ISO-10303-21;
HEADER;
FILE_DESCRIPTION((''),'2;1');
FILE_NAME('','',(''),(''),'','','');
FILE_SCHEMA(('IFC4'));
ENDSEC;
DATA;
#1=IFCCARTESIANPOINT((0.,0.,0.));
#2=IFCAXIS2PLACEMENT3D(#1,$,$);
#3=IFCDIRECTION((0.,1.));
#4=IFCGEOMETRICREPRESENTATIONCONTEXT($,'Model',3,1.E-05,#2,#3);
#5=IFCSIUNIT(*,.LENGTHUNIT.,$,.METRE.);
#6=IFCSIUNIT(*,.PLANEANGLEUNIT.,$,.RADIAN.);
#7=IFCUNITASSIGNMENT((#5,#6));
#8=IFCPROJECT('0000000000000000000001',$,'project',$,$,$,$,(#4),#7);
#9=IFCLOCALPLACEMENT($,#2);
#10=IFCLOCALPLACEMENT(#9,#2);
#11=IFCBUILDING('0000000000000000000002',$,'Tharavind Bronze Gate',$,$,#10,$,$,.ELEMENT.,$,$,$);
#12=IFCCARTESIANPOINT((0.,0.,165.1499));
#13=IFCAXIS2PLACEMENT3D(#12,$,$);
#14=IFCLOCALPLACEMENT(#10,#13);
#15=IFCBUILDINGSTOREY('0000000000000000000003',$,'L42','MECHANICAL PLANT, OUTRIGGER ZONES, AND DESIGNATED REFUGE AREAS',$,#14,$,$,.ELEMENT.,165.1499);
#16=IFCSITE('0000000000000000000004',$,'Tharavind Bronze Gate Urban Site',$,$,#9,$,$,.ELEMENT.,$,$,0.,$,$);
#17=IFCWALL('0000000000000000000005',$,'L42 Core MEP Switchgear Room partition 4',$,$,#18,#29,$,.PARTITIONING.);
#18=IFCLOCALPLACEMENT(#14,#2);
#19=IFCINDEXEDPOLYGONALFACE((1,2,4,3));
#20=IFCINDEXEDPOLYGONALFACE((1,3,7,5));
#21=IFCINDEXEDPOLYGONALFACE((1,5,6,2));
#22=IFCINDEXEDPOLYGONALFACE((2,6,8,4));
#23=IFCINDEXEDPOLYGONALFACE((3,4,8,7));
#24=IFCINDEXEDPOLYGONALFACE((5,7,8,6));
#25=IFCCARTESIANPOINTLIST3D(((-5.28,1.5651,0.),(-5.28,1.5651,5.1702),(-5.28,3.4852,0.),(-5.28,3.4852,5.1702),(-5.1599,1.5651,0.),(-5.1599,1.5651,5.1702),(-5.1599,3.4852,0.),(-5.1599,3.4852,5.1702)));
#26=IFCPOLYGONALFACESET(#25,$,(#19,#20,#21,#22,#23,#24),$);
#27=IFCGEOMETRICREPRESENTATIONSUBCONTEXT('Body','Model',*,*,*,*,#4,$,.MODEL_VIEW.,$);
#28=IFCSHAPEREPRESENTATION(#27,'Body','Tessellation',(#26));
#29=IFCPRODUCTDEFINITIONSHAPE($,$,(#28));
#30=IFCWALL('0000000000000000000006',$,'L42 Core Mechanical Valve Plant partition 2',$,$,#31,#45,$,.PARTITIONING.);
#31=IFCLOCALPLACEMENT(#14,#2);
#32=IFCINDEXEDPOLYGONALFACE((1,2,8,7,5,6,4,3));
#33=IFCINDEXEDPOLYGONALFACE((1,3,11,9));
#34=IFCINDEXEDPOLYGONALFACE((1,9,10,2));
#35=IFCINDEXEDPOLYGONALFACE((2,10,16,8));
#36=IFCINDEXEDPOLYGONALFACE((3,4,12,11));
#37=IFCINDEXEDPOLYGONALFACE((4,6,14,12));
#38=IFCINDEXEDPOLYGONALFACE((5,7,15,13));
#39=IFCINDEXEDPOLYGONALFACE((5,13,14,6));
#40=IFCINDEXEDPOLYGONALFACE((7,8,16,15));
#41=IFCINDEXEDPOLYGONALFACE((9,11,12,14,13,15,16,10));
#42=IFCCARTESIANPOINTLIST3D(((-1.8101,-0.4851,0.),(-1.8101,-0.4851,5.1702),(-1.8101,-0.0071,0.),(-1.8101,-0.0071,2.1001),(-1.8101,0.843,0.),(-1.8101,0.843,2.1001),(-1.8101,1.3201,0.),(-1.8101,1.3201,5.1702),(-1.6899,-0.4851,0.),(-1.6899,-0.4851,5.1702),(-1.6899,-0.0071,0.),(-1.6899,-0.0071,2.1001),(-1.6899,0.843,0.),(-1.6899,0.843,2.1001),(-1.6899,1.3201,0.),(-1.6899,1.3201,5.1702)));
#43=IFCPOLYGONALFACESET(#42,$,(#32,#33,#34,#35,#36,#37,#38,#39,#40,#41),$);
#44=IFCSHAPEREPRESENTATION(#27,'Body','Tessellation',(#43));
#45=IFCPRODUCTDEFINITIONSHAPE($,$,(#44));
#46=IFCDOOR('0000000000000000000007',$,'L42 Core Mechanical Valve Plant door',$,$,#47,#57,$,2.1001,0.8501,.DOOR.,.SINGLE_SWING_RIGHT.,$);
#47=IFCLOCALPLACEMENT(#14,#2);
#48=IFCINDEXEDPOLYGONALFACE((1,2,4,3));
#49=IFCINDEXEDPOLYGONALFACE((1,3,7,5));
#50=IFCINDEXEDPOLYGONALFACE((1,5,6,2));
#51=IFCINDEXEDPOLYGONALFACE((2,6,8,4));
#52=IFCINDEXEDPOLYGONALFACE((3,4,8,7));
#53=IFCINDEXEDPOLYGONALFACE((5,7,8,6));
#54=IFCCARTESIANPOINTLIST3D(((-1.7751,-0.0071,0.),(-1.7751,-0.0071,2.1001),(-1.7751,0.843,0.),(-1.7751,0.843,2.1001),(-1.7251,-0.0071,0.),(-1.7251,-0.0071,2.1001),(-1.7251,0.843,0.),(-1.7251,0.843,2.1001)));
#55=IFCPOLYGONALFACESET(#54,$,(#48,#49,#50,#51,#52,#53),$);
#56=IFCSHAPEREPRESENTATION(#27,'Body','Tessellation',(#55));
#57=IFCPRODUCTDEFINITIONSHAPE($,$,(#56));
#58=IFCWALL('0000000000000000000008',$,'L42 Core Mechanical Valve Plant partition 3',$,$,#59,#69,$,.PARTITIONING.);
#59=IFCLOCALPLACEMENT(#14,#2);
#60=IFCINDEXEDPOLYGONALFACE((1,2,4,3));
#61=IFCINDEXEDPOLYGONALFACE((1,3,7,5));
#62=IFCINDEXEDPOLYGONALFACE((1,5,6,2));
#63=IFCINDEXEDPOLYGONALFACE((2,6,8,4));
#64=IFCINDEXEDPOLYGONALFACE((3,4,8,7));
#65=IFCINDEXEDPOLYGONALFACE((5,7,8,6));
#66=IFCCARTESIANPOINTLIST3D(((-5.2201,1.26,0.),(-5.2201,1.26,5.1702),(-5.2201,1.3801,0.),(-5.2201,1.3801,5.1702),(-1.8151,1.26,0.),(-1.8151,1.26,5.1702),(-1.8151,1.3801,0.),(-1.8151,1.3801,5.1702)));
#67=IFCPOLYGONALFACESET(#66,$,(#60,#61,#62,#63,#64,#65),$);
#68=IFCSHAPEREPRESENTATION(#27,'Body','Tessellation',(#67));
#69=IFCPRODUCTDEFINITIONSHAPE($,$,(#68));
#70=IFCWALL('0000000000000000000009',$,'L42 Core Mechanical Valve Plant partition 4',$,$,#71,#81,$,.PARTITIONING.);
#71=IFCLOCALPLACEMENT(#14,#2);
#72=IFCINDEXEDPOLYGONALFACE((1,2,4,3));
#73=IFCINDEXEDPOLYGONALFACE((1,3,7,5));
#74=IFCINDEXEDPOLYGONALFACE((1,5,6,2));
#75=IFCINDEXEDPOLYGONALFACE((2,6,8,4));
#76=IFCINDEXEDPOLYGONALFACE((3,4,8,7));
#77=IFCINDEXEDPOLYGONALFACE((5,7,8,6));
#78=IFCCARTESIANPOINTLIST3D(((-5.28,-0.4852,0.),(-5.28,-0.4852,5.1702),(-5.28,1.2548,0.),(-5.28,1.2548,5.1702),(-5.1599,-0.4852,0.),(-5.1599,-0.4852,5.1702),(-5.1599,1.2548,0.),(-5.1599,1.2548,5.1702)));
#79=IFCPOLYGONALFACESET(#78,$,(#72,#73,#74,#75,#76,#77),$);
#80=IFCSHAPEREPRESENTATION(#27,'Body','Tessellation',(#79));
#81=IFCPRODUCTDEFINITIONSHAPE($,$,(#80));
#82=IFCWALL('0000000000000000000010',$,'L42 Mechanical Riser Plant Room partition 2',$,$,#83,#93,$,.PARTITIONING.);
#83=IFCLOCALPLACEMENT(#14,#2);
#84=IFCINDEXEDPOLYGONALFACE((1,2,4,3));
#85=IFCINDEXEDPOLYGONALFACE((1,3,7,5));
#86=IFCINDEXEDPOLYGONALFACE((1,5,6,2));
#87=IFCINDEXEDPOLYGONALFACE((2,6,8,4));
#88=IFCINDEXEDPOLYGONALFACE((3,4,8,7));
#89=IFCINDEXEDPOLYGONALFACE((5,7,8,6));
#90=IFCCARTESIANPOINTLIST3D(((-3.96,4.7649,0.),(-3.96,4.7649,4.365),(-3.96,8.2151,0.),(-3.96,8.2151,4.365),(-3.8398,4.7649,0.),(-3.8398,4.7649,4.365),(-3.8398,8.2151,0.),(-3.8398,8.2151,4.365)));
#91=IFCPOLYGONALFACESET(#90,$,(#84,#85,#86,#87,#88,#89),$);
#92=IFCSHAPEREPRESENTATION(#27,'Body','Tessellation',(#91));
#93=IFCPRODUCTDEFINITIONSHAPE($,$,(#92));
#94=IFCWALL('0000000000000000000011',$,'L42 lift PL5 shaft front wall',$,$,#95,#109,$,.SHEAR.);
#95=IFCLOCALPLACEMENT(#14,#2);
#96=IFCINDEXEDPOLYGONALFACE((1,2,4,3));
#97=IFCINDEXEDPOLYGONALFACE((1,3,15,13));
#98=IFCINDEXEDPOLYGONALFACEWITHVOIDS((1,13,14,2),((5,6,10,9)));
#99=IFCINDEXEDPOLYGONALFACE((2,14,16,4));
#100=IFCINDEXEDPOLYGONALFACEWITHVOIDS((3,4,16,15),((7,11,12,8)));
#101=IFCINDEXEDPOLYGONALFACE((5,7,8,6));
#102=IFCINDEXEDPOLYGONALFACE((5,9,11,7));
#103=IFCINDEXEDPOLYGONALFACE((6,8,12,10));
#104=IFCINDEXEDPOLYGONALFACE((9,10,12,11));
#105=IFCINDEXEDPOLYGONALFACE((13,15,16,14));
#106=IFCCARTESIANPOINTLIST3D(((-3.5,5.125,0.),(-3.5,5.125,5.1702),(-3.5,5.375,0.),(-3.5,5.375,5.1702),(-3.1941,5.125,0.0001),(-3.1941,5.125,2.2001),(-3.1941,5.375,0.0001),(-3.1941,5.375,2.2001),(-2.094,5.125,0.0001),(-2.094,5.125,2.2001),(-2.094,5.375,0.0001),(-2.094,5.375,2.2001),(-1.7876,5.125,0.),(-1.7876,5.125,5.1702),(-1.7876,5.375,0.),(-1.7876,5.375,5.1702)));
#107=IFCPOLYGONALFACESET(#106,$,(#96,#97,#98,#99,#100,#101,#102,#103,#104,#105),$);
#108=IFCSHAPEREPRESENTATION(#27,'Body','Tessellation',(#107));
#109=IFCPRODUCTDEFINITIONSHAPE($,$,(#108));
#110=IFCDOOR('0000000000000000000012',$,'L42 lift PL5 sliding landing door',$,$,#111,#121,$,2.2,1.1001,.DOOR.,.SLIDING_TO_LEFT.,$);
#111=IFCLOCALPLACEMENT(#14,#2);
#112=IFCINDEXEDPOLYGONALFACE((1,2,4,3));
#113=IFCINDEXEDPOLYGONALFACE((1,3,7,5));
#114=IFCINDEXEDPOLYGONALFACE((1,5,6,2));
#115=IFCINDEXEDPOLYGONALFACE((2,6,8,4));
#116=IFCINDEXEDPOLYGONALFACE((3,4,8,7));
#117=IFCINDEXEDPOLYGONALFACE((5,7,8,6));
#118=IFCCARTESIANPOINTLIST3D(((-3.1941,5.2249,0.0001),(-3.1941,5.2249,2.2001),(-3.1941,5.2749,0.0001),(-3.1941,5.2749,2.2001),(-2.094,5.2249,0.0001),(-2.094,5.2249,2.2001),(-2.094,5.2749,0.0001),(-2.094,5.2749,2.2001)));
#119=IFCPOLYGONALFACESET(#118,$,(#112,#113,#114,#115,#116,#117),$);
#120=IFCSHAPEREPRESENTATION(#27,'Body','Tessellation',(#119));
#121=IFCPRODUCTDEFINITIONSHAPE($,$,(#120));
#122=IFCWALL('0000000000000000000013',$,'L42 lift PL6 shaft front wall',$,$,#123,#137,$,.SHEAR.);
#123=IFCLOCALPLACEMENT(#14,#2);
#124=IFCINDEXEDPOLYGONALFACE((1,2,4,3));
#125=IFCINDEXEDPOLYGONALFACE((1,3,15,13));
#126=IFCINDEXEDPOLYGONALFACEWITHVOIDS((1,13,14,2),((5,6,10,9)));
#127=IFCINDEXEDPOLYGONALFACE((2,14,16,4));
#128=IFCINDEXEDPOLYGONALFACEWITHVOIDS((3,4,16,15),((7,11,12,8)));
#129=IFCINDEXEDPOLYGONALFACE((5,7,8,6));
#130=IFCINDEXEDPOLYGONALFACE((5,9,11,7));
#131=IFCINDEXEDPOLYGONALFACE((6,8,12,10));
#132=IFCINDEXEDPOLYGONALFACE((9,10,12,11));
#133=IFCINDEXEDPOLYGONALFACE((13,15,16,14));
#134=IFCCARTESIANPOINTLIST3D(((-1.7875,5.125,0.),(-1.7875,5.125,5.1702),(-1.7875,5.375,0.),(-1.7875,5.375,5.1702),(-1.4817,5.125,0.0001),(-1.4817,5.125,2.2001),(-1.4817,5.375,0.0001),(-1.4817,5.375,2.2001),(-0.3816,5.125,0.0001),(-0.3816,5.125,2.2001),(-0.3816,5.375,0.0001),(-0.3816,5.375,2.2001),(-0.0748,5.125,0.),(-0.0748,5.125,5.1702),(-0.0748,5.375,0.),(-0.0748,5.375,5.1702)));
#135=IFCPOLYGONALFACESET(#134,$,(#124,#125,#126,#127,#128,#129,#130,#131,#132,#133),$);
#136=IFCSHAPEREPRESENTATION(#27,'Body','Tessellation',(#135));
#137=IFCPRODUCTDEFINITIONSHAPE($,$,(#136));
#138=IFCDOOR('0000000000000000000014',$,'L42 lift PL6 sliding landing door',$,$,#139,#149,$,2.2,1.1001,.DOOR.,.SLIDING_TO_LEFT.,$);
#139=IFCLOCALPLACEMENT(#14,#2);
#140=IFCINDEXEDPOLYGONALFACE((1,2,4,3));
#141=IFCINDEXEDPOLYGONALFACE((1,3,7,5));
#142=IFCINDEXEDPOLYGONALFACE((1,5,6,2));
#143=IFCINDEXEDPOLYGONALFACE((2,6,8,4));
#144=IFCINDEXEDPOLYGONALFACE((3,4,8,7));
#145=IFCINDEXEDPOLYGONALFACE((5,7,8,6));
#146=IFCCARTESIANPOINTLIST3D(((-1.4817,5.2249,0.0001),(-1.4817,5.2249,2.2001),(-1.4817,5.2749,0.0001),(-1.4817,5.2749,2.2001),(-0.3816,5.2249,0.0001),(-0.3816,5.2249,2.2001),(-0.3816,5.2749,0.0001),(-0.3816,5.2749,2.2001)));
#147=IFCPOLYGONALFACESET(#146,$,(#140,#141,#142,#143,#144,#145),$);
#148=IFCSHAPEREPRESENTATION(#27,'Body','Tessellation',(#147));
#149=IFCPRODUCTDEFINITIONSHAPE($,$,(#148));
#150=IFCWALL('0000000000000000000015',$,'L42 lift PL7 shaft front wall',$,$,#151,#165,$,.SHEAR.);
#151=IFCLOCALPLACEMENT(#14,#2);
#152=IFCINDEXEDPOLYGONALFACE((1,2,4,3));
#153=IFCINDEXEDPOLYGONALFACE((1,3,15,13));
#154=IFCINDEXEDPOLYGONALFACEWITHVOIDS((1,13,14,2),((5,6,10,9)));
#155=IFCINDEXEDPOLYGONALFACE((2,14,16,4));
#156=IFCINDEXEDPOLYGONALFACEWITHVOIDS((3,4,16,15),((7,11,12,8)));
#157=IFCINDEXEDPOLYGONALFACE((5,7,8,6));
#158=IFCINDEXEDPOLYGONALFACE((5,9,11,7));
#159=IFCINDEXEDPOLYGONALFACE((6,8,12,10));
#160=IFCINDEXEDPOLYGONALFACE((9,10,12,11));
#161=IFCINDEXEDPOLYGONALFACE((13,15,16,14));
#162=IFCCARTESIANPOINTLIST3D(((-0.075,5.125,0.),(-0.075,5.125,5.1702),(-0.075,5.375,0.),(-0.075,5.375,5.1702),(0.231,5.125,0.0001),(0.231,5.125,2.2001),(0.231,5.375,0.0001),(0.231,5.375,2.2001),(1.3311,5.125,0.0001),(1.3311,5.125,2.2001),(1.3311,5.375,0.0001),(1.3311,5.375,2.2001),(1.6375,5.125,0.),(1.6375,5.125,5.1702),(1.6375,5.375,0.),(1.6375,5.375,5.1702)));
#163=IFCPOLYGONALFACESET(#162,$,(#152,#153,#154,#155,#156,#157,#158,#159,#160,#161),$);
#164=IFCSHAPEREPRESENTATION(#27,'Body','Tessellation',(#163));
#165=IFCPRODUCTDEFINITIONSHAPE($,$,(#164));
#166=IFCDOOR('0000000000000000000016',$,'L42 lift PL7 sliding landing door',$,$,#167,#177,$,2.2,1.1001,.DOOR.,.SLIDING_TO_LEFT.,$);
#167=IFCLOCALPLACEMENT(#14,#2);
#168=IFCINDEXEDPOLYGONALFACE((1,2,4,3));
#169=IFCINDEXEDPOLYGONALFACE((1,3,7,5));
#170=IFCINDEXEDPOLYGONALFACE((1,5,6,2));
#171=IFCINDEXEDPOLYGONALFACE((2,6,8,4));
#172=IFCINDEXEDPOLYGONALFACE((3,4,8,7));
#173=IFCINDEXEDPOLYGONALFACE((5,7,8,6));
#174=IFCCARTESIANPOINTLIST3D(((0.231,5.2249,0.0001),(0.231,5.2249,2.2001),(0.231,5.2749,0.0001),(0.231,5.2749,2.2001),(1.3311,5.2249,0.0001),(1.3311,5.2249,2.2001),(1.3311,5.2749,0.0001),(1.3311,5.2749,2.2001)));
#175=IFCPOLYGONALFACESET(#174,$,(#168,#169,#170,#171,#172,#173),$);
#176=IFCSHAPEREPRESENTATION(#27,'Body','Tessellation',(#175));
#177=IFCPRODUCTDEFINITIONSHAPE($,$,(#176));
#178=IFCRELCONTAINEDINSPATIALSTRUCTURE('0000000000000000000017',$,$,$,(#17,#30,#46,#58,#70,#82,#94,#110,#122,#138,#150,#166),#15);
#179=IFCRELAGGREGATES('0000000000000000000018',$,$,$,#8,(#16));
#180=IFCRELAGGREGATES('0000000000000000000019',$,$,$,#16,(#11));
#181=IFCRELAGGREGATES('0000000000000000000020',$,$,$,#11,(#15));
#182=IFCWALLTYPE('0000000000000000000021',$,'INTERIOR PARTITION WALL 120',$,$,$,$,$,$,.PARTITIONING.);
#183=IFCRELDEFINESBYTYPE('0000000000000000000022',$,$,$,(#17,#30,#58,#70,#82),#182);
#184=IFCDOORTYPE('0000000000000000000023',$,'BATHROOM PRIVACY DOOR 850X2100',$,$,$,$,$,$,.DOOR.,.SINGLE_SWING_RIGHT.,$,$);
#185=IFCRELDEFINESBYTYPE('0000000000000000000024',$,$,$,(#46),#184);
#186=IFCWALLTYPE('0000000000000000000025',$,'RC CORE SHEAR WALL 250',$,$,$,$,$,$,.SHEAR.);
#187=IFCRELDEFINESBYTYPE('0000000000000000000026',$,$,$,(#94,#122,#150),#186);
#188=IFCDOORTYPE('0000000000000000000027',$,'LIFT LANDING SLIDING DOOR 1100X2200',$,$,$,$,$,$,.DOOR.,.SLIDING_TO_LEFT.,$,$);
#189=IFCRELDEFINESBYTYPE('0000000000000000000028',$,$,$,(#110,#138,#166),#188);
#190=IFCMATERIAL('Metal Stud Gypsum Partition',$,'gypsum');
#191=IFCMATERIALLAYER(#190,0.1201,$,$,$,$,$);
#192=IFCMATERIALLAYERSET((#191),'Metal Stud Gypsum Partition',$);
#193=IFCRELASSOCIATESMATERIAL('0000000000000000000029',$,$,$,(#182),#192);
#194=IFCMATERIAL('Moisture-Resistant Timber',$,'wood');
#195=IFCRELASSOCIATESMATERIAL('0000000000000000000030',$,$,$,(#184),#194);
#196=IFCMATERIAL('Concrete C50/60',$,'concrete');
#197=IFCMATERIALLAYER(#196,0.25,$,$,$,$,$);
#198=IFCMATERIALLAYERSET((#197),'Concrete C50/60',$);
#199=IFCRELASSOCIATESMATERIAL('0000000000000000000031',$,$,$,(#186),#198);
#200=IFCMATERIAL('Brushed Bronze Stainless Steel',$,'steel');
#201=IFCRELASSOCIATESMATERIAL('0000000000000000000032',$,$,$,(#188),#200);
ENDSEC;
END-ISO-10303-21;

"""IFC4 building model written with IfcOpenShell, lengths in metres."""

from ifc_helpers import new_model, si_unit, direction, frame, frame_2d, origin, place, context, subcontext, project, spatial, rectangle, extrude, material, layer, layer_set, type_object, element, fill, save


model = new_model("IFC4")

# Units and contexts
model_context = context("Model", 3, precision=1e-05, world=origin(), true_north=direction((0.0, 1.0)))
body_context = subcontext(model_context, "Body", "Model", "MODEL_VIEW")
ifc_project = project(units=[si_unit("LENGTHUNIT", "METRE"), si_unit("PLANEANGLEUNIT", "RADIAN")], contexts=[model_context])

# Site, building, storey
site_placement = place(None, origin())
site = spatial("IfcSite", under=ifc_project, at=site_placement, Name="Tharavind Bronze Gate Urban Site", CompositionType="ELEMENT", RefElevation=0.0)
building_placement = place(site_placement, origin())
building = spatial("IfcBuilding", under=site, at=building_placement, Name="Tharavind Bronze Gate", CompositionType="ELEMENT")
storey_placement = place(building_placement, frame((0.0, 0.0, 165.1499)))
storey = spatial("IfcBuildingStorey", under=building, at=storey_placement, Name="L42", Description="MECHANICAL PLANT, OUTRIGGER ZONES, AND DESIGNATED REFUGE AREAS", CompositionType="ELEMENT", Elevation=165.1499)

# Shared definitions
ifc_material_1 = material(Name="Metal Stud Gypsum Partition", Category="gypsum")
ifc_layer_1 = layer(ifc_material_1, 0.1201)
ifc_layer_set_1 = layer_set([ifc_layer_1], Name="Metal Stud Gypsum Partition")
wall_type_1 = type_object("IfcWallType", Name="INTERIOR PARTITION WALL 120", PredefinedType="PARTITIONING", material=ifc_layer_set_1)

# Shared definitions
ifc_material_2 = material(Name="Moisture-Resistant Timber", Category="wood")
door_type_1 = type_object("IfcDoorType", Name="BATHROOM PRIVACY DOOR 850X2100", OperationType="SINGLE_SWING_RIGHT", PredefinedType="DOOR", material=ifc_material_2)

# Wall
wall_1_placement = place(storey_placement, frame((-5.22, 3.4851, 0.0), z_axis=(0.0, 0.0, 1.0), x_axis=(0.0, -1.0, 0.0)))
element("IfcWall", 1, at=wall_1_placement, inside=storey, type_object=wall_type_1, Name="L42 Core MEP Switchgear Room partition 4", PredefinedType="PARTITIONING", context=body_context, shape_type="SweptSolid", body=[
    extrude(rectangle(XDim=1.9202, YDim=0.1201, at=frame_2d((0.96, 0.0))), origin(), (0.0, 0.0, 1.0), 5.1702),
])

# Wall, opening, door
wall_2_placement = place(storey_placement, frame((-1.75, -0.4851, 0.0), z_axis=(0.0, 0.0, 1.0), x_axis=(0.0, 1.0, 0.0)))
wall_2 = element("IfcWall", 2, at=wall_2_placement, inside=storey, type_object=wall_type_1, Name="L42 Core Mechanical Valve Plant partition 2", PredefinedType="PARTITIONING", context=body_context, shape_type="SweptSolid", body=[
    extrude(rectangle(XDim=1.8052, YDim=0.1201, at=frame_2d((0.9026, 0.0))), origin(), (0.0, 0.0, 1.0), 5.1702),
])
opening_1_placement = place(wall_2_placement, frame((0.478, 0.0, 0.0)))
opening_1 = element("IfcOpeningElement", 3, at=opening_1_placement, cuts=wall_2, PredefinedType="OPENING", context=body_context, shape_type="SweptSolid", body=[
    extrude(rectangle(XDim=0.8501, YDim=2.1001, at=frame_2d((0.425, 1.05))), frame((0.0, 0.0701, 0.0), z_axis=(0.0, -1.0, 0.0), x_axis=(1.0, 0.0, 0.0)), (0.0, 0.0, 1.0), 0.1401),
])
door_1_placement = place(opening_1_placement, frame((0.8501, 0.0, 0.0), z_axis=(0.0, 0.0, 1.0), x_axis=(-1.0, 0.0, 0.0)))
door_1 = element("IfcDoor", 4, at=door_1_placement, inside=storey, type_object=door_type_1, Name="L42 Core Mechanical Valve Plant door", OperationType="SINGLE_SWING_RIGHT", OverallHeight=2.1001, OverallWidth=0.8501, PredefinedType="DOOR", context=body_context, shape_type="SweptSolid", body=[
    extrude(rectangle(XDim=0.8501, YDim=2.1001, at=frame_2d((0.425, 1.05))), frame((0.0, 0.0249, 0.0), z_axis=(0.0, -1.0, 0.0), x_axis=(1.0, 0.0, 0.0)), (0.0, 0.0, 1.0), 0.05),
])
fill(opening_1, door_1)

# Walls
wall_3_placement = place(storey_placement, frame((-1.8149, 1.3201, 0.0), z_axis=(0.0, 0.0, 1.0), x_axis=(-1.0, 0.0, 0.0)))
element("IfcWall", 5, at=wall_3_placement, inside=storey, type_object=wall_type_1, Name="L42 Core Mechanical Valve Plant partition 3", PredefinedType="PARTITIONING", context=body_context, shape_type="SweptSolid", body=[
    extrude(rectangle(XDim=3.405, YDim=0.1201, at=frame_2d((1.7026, 0.0))), origin(), (0.0, 0.0, 1.0), 5.1702),
])
wall_4_placement = place(storey_placement, frame((-5.22, 1.2549, 0.0), z_axis=(0.0, 0.0, 1.0), x_axis=(0.0, -1.0, 0.0)))
element("IfcWall", 6, at=wall_4_placement, inside=storey, type_object=wall_type_1, Name="L42 Core Mechanical Valve Plant partition 4", PredefinedType="PARTITIONING", context=body_context, shape_type="SweptSolid", body=[
    extrude(rectangle(XDim=1.74, YDim=0.1201, at=frame_2d((0.8701, 0.0))), origin(), (0.0, 0.0, 1.0), 5.1702),
])
wall_5_placement = place(storey_placement, frame((-3.8999, 4.7649, 0.0), z_axis=(0.0, 0.0, 1.0), x_axis=(0.0, 1.0, 0.0)))
element("IfcWall", 7, at=wall_5_placement, inside=storey, type_object=wall_type_1, Name="L42 Mechanical Riser Plant Room partition 2", PredefinedType="PARTITIONING", context=body_context, shape_type="SweptSolid", body=[
    extrude(rectangle(XDim=3.4502, YDim=0.1201, at=frame_2d((1.7251, 0.0))), origin(), (0.0, 0.0, 1.0), 4.365),
])

# Walls, openings, doors
ifc_material_3 = material(Name="Concrete C50/60", Category="concrete")
ifc_layer_2 = layer(ifc_material_3, 0.25)
ifc_layer_set_2 = layer_set([ifc_layer_2], Name="Concrete C50/60")
wall_type_2 = type_object("IfcWallType", Name="RC CORE SHEAR WALL 250", PredefinedType="SHEAR", material=ifc_layer_set_2)
wall_6_placement = place(storey_placement, frame((-3.5, 5.25, 0.0), z_axis=(0.0, 0.0, 1.0), x_axis=(1.0, 0.0, 0.0)))
wall_6 = element("IfcWall", 8, at=wall_6_placement, inside=storey, type_object=wall_type_2, Name="L42 lift PL5 shaft front wall", PredefinedType="SHEAR", context=body_context, shape_type="SweptSolid", body=[
    extrude(rectangle(XDim=1.7124, YDim=0.25, at=frame_2d((0.8562, 0.0))), origin(), (0.0, 0.0, 1.0), 5.1702),
])
opening_2_placement = place(wall_6_placement, frame((0.3059, 0.0, 0.0)))
opening_2 = element("IfcOpeningElement", 9, at=opening_2_placement, cuts=wall_6, PredefinedType="OPENING", context=body_context, shape_type="SweptSolid", body=[
    extrude(rectangle(XDim=1.1001, YDim=2.2, at=frame_2d((0.55, 1.1001))), frame((0.0, 0.135, 0.0), z_axis=(0.0, -1.0, 0.0), x_axis=(1.0, 0.0, 0.0)), (0.0, 0.0, 1.0), 0.27),
])
ifc_material_4 = material(Name="Brushed Bronze Stainless Steel", Category="steel")
door_type_2 = type_object("IfcDoorType", Name="LIFT LANDING SLIDING DOOR 1100X2200", OperationType="SLIDING_TO_LEFT", PredefinedType="DOOR", material=ifc_material_4)
door_2_placement = place(opening_2_placement, origin())
door_2 = element("IfcDoor", 10, at=door_2_placement, inside=storey, type_object=door_type_2, Name="L42 lift PL5 sliding landing door", OperationType="SLIDING_TO_LEFT", OverallHeight=2.2, OverallWidth=1.1001, PredefinedType="DOOR", context=body_context, shape_type="SweptSolid", body=[
    extrude(rectangle(XDim=1.1001, YDim=2.2, at=frame_2d((0.55, 1.1001))), frame((0.0, 0.0249, 0.0), z_axis=(0.0, -1.0, 0.0), x_axis=(1.0, 0.0, 0.0)), (0.0, 0.0, 1.0), 0.05),
])
fill(opening_2, door_2)
wall_7_placement = place(storey_placement, frame((-1.7876, 5.25, 0.0), z_axis=(0.0, 0.0, 1.0), x_axis=(1.0, 0.0, 0.0)))
wall_7 = element("IfcWall", 11, at=wall_7_placement, inside=storey, type_object=wall_type_2, Name="L42 lift PL6 shaft front wall", PredefinedType="SHEAR", context=body_context, shape_type="SweptSolid", body=[
    extrude(rectangle(XDim=1.7126, YDim=0.25, at=frame_2d((0.8564, 0.0))), origin(), (0.0, 0.0, 1.0), 5.1702),
])
opening_3_placement = place(wall_7_placement, frame((0.3059, 0.0, 0.0)))
opening_3 = element("IfcOpeningElement", 12, at=opening_3_placement, cuts=wall_7, PredefinedType="OPENING", context=body_context, shape_type="SweptSolid", body=[
    extrude(rectangle(XDim=1.1001, YDim=2.2, at=frame_2d((0.55, 1.1001))), frame((0.0, 0.135, 0.0), z_axis=(0.0, -1.0, 0.0), x_axis=(1.0, 0.0, 0.0)), (0.0, 0.0, 1.0), 0.27),
])
door_3_placement = place(opening_3_placement, origin())
door_3 = element("IfcDoor", 13, at=door_3_placement, inside=storey, type_object=door_type_2, Name="L42 lift PL6 sliding landing door", OperationType="SLIDING_TO_LEFT", OverallHeight=2.2, OverallWidth=1.1001, PredefinedType="DOOR", context=body_context, shape_type="SweptSolid", body=[
    extrude(rectangle(XDim=1.1001, YDim=2.2, at=frame_2d((0.55, 1.1001))), frame((0.0, 0.0249, 0.0), z_axis=(0.0, -1.0, 0.0), x_axis=(1.0, 0.0, 0.0)), (0.0, 0.0, 1.0), 0.05),
])
fill(opening_3, door_3)
wall_8_placement = place(storey_placement, frame((-0.075, 5.25, 0.0), z_axis=(0.0, 0.0, 1.0), x_axis=(1.0, 0.0, 0.0)))
wall_8 = element("IfcWall", 14, at=wall_8_placement, inside=storey, type_object=wall_type_2, Name="L42 lift PL7 shaft front wall", PredefinedType="SHEAR", context=body_context, shape_type="SweptSolid", body=[
    extrude(rectangle(XDim=1.7124, YDim=0.25, at=frame_2d((0.8562, 0.0))), origin(), (0.0, 0.0, 1.0), 5.1702),
])
opening_4_placement = place(wall_8_placement, frame((0.3059, 0.0, 0.0)))
opening_4 = element("IfcOpeningElement", 15, at=opening_4_placement, cuts=wall_8, PredefinedType="OPENING", context=body_context, shape_type="SweptSolid", body=[
    extrude(rectangle(XDim=1.1001, YDim=2.2, at=frame_2d((0.55, 1.1001))), frame((0.0, 0.135, 0.0), z_axis=(0.0, -1.0, 0.0), x_axis=(1.0, 0.0, 0.0)), (0.0, 0.0, 1.0), 0.27),
])
door_4_placement = place(opening_4_placement, origin())
door_4 = element("IfcDoor", 16, at=door_4_placement, inside=storey, type_object=door_type_2, Name="L42 lift PL7 sliding landing door", OperationType="SLIDING_TO_LEFT", OverallHeight=2.2, OverallWidth=1.1001, PredefinedType="DOOR", context=body_context, shape_type="SweptSolid", body=[
    extrude(rectangle(XDim=1.1001, YDim=2.2, at=frame_2d((0.55, 1.1001))), frame((0.0, 0.0249, 0.0), z_axis=(0.0, -1.0, 0.0), x_axis=(1.0, 0.0, 0.0)), (0.0, 0.0, 1.0), 0.05),
])
fill(opening_4, door_4)

save(model, "model.ifc")
